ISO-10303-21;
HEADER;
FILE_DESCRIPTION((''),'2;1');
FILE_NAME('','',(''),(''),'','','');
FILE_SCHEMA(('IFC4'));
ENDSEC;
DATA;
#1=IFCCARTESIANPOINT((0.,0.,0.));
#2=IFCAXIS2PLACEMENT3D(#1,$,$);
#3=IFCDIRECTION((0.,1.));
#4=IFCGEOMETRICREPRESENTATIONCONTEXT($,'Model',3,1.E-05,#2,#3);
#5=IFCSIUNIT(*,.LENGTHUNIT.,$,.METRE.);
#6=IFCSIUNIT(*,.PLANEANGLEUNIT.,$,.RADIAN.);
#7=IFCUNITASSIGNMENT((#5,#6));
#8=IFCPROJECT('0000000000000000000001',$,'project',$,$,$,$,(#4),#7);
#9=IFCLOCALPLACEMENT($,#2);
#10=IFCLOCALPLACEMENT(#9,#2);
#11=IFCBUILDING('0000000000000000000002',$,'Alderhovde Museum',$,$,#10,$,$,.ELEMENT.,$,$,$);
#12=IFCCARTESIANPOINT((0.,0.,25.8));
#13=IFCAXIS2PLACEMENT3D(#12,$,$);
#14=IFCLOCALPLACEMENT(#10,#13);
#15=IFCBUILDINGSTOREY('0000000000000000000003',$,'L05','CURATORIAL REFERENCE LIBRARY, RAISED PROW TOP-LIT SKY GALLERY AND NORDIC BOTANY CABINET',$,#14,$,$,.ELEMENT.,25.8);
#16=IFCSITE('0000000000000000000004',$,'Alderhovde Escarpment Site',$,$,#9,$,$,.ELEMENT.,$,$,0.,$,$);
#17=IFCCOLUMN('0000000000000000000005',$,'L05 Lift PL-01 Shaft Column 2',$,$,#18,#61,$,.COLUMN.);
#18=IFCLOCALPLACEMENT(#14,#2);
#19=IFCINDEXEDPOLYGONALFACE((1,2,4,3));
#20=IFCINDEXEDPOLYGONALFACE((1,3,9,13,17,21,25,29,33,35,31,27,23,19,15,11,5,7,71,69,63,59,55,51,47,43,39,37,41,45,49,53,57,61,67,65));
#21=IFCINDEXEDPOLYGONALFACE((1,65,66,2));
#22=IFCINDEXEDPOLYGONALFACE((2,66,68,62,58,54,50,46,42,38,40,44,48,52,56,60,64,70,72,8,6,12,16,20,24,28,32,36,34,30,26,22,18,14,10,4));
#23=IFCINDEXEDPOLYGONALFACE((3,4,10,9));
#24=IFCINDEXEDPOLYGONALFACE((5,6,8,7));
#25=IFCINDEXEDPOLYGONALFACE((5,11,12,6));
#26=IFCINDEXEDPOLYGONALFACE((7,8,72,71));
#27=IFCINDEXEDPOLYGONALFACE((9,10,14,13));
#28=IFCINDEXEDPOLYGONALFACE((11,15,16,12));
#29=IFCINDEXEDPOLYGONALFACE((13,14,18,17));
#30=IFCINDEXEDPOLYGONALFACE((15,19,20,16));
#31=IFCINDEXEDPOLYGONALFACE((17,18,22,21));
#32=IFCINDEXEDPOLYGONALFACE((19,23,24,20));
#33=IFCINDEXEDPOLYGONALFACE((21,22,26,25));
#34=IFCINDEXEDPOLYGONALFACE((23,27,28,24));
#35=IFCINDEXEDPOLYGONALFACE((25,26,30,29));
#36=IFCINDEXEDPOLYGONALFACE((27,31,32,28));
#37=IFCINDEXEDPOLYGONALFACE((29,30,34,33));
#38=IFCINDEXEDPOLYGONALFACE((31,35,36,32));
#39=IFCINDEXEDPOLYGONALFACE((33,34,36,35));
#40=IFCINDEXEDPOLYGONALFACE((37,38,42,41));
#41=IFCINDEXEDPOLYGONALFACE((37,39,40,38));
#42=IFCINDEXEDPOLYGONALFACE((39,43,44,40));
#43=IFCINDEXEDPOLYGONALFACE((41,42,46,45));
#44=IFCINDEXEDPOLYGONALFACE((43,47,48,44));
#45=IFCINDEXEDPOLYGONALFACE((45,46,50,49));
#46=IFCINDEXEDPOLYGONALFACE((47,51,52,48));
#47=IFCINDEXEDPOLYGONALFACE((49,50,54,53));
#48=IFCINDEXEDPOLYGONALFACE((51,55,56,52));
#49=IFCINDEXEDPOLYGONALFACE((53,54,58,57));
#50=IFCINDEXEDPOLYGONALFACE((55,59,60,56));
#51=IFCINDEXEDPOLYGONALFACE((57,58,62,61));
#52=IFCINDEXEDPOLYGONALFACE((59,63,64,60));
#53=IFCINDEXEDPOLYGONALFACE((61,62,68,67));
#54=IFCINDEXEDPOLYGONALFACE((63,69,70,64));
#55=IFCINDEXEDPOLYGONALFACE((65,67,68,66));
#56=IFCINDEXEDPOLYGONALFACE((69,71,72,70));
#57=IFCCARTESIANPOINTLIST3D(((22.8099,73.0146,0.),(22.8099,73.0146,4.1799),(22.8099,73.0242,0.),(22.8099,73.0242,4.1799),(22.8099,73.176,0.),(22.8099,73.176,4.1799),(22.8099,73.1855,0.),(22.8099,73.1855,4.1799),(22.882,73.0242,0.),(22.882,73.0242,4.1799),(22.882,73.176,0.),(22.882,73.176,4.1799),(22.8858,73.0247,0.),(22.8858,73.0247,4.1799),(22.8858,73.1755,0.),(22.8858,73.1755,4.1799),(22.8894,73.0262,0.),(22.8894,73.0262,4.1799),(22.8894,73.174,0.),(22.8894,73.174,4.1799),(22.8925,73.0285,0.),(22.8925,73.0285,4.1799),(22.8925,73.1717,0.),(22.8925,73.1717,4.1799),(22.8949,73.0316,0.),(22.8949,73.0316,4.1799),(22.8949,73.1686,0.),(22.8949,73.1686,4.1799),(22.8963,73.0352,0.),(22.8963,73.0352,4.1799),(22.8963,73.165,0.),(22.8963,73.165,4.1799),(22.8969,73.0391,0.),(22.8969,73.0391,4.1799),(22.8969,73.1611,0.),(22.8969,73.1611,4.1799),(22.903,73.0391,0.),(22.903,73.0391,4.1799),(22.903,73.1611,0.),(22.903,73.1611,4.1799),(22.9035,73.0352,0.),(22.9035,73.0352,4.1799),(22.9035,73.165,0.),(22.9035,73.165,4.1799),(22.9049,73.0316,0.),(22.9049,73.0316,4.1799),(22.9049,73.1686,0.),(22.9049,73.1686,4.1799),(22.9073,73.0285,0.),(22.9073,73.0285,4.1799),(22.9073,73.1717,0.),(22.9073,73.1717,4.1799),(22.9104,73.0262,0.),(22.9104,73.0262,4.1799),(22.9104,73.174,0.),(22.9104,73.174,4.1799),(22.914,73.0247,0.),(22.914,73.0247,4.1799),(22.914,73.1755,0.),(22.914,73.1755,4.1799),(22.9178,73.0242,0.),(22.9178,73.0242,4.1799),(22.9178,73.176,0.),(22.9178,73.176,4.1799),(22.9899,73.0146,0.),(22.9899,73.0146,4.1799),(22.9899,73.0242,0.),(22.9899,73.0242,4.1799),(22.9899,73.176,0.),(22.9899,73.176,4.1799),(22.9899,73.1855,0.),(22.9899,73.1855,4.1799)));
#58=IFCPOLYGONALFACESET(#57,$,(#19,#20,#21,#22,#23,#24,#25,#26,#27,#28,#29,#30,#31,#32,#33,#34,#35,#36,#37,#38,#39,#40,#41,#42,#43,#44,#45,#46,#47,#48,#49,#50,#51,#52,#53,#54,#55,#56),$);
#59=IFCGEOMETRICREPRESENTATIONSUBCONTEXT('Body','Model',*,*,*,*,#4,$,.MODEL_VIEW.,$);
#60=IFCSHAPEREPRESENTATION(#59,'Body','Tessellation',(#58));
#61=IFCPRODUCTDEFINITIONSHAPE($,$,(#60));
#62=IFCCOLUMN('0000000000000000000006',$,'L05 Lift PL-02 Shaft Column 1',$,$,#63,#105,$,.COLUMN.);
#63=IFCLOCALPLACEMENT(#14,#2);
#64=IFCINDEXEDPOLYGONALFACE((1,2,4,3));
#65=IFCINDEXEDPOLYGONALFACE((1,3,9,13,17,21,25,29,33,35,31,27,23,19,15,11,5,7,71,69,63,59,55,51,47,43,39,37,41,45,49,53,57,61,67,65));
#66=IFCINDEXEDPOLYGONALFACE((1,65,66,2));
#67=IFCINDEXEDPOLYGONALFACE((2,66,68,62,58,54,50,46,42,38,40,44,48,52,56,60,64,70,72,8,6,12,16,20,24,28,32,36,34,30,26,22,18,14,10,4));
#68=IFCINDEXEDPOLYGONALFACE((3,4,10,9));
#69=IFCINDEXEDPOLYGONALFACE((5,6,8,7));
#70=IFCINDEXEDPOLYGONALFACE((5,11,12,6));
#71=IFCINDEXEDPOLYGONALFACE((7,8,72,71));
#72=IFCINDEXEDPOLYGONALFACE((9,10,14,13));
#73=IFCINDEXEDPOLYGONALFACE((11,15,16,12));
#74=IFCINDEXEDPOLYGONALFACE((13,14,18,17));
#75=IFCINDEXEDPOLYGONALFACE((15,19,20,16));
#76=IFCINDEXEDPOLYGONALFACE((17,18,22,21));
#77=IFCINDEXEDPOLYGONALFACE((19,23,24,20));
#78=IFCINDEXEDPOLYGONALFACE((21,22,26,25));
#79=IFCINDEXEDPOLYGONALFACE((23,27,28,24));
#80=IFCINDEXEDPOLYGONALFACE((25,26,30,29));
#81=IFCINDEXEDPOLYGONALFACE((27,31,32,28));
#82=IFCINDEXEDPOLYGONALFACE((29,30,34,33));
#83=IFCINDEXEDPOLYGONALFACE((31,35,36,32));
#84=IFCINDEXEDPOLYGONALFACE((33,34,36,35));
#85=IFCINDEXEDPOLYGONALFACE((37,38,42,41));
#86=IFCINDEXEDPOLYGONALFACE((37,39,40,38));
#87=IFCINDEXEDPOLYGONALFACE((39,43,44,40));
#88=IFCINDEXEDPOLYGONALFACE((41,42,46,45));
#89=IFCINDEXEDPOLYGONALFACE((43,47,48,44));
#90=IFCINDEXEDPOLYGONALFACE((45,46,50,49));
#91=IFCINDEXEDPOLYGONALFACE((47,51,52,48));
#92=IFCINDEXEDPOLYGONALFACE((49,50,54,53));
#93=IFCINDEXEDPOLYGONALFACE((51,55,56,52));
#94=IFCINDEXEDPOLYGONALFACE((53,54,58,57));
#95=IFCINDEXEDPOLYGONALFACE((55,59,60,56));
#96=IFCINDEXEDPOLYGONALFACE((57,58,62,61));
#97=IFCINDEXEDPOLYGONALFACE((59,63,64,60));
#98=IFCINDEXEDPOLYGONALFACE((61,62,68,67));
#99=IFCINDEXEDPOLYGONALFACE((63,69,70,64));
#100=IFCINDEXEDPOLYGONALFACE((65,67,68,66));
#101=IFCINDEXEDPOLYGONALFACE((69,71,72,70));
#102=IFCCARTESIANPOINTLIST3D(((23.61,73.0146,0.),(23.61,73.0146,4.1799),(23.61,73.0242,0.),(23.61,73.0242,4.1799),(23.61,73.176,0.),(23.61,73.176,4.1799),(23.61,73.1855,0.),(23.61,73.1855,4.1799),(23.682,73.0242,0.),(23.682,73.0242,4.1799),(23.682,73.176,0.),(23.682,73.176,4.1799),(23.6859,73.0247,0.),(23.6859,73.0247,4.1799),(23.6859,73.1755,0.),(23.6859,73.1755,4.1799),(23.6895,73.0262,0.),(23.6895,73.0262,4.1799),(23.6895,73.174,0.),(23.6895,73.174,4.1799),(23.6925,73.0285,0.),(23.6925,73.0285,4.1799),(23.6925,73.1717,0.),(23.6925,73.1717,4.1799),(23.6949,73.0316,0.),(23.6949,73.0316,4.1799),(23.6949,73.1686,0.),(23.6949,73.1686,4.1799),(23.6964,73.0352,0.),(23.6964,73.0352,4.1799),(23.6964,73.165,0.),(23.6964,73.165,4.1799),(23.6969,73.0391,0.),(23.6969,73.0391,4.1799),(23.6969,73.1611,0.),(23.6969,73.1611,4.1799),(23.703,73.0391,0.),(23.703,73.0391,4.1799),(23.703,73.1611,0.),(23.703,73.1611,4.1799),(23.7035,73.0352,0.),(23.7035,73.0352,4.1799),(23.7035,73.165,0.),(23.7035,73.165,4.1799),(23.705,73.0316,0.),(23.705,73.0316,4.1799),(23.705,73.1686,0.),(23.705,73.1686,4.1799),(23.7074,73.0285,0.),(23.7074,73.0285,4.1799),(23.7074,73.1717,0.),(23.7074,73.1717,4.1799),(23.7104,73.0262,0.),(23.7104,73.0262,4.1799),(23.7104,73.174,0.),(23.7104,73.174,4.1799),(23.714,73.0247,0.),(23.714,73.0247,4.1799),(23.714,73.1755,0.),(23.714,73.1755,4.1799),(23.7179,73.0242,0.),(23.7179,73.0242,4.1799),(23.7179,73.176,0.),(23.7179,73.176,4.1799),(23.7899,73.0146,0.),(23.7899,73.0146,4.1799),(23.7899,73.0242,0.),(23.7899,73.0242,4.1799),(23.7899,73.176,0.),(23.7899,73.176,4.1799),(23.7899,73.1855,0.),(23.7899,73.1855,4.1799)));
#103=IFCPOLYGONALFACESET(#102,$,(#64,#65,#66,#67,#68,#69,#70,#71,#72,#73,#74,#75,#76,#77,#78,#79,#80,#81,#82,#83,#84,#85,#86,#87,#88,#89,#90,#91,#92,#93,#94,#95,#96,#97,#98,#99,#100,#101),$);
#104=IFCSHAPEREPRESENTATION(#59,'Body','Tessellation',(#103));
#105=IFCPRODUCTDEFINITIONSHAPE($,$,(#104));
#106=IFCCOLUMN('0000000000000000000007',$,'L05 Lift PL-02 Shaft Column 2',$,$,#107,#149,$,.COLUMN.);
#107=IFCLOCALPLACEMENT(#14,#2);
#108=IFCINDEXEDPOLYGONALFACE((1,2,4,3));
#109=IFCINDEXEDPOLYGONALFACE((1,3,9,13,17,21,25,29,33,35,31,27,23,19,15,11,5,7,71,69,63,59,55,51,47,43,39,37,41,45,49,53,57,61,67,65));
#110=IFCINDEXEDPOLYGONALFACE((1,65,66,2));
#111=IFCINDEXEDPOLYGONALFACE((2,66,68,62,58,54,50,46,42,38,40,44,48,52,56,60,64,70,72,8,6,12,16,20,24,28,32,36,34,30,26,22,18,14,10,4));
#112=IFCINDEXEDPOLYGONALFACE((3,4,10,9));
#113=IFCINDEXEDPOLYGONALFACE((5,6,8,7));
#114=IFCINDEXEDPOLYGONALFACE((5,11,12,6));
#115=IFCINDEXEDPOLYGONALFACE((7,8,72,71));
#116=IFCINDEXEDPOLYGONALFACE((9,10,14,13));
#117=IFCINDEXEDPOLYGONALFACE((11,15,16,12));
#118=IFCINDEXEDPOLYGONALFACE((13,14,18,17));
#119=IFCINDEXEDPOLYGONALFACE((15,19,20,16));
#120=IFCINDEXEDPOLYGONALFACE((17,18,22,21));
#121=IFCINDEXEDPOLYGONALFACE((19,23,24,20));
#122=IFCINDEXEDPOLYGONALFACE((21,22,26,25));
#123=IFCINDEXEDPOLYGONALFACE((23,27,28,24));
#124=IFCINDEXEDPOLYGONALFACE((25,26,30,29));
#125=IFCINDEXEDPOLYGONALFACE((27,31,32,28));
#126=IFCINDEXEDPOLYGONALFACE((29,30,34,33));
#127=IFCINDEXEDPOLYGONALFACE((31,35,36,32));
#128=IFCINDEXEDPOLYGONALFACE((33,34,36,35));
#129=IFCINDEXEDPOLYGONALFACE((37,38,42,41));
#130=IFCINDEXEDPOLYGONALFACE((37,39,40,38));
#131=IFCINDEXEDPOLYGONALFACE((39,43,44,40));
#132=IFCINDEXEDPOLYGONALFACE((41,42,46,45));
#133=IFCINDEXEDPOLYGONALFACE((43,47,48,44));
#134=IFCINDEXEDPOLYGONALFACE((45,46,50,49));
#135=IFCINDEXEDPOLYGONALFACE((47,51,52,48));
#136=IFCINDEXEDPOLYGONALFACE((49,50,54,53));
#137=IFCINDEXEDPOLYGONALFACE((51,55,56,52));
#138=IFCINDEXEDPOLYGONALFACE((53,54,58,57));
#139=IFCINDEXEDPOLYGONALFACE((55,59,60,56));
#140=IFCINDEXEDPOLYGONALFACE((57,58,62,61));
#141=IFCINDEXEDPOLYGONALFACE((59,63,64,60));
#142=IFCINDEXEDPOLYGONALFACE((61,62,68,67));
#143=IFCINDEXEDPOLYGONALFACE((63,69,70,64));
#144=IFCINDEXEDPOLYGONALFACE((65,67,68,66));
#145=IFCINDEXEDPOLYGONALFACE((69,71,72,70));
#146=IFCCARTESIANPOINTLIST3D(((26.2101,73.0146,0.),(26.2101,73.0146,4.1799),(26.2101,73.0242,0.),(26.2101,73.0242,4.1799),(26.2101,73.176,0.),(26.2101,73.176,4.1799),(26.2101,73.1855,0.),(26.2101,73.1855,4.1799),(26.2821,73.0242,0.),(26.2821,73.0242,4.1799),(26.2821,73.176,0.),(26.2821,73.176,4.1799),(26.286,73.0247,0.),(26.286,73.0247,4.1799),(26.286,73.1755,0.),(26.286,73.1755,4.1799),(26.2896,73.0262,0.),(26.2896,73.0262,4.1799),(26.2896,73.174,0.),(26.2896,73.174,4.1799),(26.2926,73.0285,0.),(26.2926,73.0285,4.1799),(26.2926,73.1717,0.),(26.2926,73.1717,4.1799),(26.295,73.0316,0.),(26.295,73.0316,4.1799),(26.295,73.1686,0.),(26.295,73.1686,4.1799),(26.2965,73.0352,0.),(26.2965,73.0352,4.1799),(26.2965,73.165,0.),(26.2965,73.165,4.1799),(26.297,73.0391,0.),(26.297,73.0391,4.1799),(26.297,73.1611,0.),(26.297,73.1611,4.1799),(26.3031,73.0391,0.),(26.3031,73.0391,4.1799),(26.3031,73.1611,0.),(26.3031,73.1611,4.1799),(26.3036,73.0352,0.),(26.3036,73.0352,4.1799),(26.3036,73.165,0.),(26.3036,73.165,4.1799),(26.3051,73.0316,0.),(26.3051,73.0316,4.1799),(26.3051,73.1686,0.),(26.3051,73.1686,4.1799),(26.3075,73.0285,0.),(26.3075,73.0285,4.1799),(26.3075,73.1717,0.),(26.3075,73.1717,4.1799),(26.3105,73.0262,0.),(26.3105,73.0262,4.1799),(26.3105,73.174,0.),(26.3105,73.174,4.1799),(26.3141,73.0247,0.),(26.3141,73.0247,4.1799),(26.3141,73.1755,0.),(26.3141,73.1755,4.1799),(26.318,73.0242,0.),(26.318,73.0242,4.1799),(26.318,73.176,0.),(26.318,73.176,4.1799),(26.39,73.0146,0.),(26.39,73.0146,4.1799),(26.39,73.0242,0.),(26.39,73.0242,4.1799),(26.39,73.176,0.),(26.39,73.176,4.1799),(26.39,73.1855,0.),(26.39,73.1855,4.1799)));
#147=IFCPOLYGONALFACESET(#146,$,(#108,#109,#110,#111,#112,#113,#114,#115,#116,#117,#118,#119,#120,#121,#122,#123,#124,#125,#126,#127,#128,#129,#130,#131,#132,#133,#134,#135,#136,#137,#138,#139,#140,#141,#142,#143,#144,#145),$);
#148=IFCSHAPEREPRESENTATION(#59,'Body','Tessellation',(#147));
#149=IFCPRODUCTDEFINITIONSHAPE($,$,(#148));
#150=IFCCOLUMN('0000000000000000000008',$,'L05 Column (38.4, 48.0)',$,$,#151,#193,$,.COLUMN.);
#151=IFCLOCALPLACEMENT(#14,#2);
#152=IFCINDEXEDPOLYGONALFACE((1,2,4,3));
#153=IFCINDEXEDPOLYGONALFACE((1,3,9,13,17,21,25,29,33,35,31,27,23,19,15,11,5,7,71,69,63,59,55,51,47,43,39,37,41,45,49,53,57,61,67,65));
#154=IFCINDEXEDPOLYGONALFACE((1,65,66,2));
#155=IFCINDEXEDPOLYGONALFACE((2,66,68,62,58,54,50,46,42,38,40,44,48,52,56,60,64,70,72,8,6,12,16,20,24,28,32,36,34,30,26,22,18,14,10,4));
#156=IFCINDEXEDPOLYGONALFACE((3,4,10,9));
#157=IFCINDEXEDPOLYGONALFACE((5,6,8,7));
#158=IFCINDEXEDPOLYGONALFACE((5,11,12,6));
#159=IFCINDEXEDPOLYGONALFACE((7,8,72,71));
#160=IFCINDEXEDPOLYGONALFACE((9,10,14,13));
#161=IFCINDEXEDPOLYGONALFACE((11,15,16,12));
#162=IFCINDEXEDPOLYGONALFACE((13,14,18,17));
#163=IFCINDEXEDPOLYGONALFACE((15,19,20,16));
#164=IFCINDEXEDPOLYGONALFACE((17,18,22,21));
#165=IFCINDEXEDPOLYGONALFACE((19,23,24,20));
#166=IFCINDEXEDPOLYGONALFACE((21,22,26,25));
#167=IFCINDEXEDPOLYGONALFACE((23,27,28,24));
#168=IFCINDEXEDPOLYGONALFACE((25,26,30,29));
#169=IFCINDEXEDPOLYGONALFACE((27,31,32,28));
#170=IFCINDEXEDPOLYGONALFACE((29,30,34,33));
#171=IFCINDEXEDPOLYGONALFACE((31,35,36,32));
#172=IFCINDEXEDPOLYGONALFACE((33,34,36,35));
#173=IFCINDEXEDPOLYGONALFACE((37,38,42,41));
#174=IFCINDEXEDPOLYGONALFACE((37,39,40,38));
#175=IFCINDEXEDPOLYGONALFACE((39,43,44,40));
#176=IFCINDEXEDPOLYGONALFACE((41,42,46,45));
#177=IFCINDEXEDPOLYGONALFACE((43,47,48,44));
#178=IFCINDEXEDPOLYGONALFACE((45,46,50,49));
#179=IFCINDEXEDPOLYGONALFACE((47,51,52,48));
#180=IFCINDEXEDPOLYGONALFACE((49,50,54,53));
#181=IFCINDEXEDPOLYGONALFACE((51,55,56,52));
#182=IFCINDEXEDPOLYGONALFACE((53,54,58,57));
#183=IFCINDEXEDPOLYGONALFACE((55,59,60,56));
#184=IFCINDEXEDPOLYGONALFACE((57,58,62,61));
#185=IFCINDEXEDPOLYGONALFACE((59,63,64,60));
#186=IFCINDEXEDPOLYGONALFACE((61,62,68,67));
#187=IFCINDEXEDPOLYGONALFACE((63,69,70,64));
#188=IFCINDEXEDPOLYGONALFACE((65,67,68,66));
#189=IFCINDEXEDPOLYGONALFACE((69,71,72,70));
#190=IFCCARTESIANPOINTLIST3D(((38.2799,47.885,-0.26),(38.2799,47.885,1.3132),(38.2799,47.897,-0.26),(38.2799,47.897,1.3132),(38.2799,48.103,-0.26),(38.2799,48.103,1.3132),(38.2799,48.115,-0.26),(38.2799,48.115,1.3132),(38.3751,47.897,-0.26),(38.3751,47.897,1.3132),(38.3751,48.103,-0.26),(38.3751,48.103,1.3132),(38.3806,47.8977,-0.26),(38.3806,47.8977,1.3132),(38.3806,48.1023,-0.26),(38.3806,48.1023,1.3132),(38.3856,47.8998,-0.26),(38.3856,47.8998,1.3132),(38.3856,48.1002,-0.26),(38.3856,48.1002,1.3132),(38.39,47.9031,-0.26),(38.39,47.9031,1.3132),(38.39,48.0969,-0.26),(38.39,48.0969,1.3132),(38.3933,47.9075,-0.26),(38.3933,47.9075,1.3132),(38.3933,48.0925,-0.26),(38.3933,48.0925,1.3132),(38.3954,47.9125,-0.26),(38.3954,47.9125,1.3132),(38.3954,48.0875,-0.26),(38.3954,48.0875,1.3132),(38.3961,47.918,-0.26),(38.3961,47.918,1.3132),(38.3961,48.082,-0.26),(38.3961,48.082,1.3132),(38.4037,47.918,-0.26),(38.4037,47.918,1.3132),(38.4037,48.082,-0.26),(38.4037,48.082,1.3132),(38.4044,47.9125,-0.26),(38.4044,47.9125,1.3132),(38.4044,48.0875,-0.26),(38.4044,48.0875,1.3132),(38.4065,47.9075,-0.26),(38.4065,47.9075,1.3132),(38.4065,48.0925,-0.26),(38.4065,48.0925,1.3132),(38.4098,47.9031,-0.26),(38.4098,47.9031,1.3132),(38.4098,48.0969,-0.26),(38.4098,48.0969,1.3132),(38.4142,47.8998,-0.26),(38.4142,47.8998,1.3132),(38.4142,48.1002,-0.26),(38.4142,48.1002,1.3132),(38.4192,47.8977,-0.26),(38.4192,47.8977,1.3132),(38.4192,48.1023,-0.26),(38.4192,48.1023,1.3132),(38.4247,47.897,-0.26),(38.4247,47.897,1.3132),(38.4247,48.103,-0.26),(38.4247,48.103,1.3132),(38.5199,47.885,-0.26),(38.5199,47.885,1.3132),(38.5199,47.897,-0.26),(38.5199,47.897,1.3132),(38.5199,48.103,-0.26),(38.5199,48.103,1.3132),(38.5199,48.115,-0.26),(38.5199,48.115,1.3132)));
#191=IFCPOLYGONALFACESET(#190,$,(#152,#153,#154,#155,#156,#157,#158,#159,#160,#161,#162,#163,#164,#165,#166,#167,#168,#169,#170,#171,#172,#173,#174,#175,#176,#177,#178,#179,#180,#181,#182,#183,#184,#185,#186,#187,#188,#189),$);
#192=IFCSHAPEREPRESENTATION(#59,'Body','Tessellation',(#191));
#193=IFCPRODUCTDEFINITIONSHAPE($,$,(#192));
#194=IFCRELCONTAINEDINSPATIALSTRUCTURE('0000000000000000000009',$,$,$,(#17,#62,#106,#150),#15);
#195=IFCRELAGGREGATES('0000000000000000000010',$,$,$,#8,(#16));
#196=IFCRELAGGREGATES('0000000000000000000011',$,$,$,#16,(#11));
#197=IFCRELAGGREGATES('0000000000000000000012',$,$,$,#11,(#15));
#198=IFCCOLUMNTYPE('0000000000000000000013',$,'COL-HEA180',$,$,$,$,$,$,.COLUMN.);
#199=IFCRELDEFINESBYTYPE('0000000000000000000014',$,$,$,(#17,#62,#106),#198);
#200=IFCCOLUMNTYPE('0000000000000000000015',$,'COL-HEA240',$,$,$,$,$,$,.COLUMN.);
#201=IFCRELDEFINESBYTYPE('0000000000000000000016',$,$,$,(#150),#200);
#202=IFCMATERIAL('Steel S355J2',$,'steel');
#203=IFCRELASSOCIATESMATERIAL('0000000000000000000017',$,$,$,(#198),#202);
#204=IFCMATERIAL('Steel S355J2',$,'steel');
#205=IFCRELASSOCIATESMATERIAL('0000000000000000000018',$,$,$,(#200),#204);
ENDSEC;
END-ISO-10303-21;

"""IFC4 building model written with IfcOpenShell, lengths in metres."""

from ifc_helpers import new_model, si_unit, direction, frame, origin, origin_2d, place, context, subcontext, project, spatial, i_section, extrude, material, material_profile, profile_set, type_object, element, save


model = new_model("IFC4")

# Units and contexts
model_context = context("Model", 3, precision=1e-05, world=origin(), true_north=direction((0.0, 1.0)))
body_context = subcontext(model_context, "Body", "Model", "MODEL_VIEW")
ifc_project = project(units=[si_unit("LENGTHUNIT", "METRE"), si_unit("PLANEANGLEUNIT", "RADIAN")], contexts=[model_context])

# Site, building, storey
site_placement = place(None, origin())
site = spatial("IfcSite", under=ifc_project, at=site_placement, Name="Alderhovde Escarpment Site", CompositionType="ELEMENT", RefElevation=0.0)
building_placement = place(site_placement, origin())
building = spatial("IfcBuilding", under=site, at=building_placement, Name="Alderhovde Museum", CompositionType="ELEMENT")
storey_placement = place(building_placement, frame((0.0, 0.0, 25.8)))
storey = spatial("IfcBuildingStorey", under=building, at=storey_placement, Name="L05", Description="CURATORIAL REFERENCE LIBRARY, RAISED PROW TOP-LIT SKY GALLERY AND NORDIC BOTANY CABINET", CompositionType="ELEMENT", Elevation=25.8)

# Columns
ifc_material_1 = material(Name="Steel S355J2", Category="steel")
ifc_material_profile_1 = material_profile(ifc_material_1, i_section(OverallWidth=0.1799, OverallDepth=0.1709, WebThickness=0.0061, FlangeThickness=0.0095, FilletRadius=0.0149, at=origin_2d()), Name="HEA 180")
ifc_profile_set_1 = profile_set([ifc_material_profile_1], Name="Steel S355J2")
column_type_1 = type_object("IfcColumnType", Name="COL-HEA180", PredefinedType="COLUMN", material=ifc_profile_set_1)
for number, where, z_axis, x_axis, name in (
    (1, (22.8999, 73.1001, 0.0), (0.0, 0.0, 1.0), (1.0, 0.0, 0.0), "L05 Lift PL-01 Shaft Column 2"),
    (2, (23.7, 73.1001, 0.0), (0.0, 0.0, 1.0), (1.0, 0.0, 0.0), "L05 Lift PL-02 Shaft Column 1"),
    (3, (26.3, 73.1001, 0.0), (0.0, 0.0, 1.0), (1.0, 0.0, 0.0), "L05 Lift PL-02 Shaft Column 2"),
):
    element("IfcColumn", number, at=place(storey_placement, frame(where, z_axis=z_axis, x_axis=x_axis)), inside=storey, type_object=column_type_1, Name=name, PredefinedType="COLUMN", context=body_context, shape_type="SweptSolid", body=[
        extrude(i_section(OverallWidth=0.1799, OverallDepth=0.1709, WebThickness=0.0061, FlangeThickness=0.0095, FilletRadius=0.0149, at=origin_2d()), origin(), (0.0, 0.0, 1.0), 4.1799),
    ])
ifc_material_2 = material(Name="Steel S355J2", Category="steel")
ifc_material_profile_2 = material_profile(ifc_material_2, i_section(OverallWidth=0.24, OverallDepth=0.23, WebThickness=0.0076, FlangeThickness=0.012, FilletRadius=0.021, at=origin_2d()), Name="HEA 240")
ifc_profile_set_2 = profile_set([ifc_material_profile_2], Name="Steel S355J2")
column_type_2 = type_object("IfcColumnType", Name="COL-HEA240", PredefinedType="COLUMN", material=ifc_profile_set_2)
column_1_placement = place(storey_placement, frame((38.3999, 48.0, -0.26), z_axis=(0.0, 0.0, 1.0), x_axis=(1.0, 0.0, 0.0)))
element("IfcColumn", 4, at=column_1_placement, inside=storey, type_object=column_type_2, Name="L05 Column (38.4, 48.0)", PredefinedType="COLUMN", context=body_context, shape_type="SweptSolid", body=[
    extrude(i_section(OverallWidth=0.24, OverallDepth=0.23, WebThickness=0.0076, FlangeThickness=0.012, FilletRadius=0.021, at=origin_2d()), origin(), (0.0, 0.0, 1.0), 1.5732),
])

save(model, "model.ifc")
